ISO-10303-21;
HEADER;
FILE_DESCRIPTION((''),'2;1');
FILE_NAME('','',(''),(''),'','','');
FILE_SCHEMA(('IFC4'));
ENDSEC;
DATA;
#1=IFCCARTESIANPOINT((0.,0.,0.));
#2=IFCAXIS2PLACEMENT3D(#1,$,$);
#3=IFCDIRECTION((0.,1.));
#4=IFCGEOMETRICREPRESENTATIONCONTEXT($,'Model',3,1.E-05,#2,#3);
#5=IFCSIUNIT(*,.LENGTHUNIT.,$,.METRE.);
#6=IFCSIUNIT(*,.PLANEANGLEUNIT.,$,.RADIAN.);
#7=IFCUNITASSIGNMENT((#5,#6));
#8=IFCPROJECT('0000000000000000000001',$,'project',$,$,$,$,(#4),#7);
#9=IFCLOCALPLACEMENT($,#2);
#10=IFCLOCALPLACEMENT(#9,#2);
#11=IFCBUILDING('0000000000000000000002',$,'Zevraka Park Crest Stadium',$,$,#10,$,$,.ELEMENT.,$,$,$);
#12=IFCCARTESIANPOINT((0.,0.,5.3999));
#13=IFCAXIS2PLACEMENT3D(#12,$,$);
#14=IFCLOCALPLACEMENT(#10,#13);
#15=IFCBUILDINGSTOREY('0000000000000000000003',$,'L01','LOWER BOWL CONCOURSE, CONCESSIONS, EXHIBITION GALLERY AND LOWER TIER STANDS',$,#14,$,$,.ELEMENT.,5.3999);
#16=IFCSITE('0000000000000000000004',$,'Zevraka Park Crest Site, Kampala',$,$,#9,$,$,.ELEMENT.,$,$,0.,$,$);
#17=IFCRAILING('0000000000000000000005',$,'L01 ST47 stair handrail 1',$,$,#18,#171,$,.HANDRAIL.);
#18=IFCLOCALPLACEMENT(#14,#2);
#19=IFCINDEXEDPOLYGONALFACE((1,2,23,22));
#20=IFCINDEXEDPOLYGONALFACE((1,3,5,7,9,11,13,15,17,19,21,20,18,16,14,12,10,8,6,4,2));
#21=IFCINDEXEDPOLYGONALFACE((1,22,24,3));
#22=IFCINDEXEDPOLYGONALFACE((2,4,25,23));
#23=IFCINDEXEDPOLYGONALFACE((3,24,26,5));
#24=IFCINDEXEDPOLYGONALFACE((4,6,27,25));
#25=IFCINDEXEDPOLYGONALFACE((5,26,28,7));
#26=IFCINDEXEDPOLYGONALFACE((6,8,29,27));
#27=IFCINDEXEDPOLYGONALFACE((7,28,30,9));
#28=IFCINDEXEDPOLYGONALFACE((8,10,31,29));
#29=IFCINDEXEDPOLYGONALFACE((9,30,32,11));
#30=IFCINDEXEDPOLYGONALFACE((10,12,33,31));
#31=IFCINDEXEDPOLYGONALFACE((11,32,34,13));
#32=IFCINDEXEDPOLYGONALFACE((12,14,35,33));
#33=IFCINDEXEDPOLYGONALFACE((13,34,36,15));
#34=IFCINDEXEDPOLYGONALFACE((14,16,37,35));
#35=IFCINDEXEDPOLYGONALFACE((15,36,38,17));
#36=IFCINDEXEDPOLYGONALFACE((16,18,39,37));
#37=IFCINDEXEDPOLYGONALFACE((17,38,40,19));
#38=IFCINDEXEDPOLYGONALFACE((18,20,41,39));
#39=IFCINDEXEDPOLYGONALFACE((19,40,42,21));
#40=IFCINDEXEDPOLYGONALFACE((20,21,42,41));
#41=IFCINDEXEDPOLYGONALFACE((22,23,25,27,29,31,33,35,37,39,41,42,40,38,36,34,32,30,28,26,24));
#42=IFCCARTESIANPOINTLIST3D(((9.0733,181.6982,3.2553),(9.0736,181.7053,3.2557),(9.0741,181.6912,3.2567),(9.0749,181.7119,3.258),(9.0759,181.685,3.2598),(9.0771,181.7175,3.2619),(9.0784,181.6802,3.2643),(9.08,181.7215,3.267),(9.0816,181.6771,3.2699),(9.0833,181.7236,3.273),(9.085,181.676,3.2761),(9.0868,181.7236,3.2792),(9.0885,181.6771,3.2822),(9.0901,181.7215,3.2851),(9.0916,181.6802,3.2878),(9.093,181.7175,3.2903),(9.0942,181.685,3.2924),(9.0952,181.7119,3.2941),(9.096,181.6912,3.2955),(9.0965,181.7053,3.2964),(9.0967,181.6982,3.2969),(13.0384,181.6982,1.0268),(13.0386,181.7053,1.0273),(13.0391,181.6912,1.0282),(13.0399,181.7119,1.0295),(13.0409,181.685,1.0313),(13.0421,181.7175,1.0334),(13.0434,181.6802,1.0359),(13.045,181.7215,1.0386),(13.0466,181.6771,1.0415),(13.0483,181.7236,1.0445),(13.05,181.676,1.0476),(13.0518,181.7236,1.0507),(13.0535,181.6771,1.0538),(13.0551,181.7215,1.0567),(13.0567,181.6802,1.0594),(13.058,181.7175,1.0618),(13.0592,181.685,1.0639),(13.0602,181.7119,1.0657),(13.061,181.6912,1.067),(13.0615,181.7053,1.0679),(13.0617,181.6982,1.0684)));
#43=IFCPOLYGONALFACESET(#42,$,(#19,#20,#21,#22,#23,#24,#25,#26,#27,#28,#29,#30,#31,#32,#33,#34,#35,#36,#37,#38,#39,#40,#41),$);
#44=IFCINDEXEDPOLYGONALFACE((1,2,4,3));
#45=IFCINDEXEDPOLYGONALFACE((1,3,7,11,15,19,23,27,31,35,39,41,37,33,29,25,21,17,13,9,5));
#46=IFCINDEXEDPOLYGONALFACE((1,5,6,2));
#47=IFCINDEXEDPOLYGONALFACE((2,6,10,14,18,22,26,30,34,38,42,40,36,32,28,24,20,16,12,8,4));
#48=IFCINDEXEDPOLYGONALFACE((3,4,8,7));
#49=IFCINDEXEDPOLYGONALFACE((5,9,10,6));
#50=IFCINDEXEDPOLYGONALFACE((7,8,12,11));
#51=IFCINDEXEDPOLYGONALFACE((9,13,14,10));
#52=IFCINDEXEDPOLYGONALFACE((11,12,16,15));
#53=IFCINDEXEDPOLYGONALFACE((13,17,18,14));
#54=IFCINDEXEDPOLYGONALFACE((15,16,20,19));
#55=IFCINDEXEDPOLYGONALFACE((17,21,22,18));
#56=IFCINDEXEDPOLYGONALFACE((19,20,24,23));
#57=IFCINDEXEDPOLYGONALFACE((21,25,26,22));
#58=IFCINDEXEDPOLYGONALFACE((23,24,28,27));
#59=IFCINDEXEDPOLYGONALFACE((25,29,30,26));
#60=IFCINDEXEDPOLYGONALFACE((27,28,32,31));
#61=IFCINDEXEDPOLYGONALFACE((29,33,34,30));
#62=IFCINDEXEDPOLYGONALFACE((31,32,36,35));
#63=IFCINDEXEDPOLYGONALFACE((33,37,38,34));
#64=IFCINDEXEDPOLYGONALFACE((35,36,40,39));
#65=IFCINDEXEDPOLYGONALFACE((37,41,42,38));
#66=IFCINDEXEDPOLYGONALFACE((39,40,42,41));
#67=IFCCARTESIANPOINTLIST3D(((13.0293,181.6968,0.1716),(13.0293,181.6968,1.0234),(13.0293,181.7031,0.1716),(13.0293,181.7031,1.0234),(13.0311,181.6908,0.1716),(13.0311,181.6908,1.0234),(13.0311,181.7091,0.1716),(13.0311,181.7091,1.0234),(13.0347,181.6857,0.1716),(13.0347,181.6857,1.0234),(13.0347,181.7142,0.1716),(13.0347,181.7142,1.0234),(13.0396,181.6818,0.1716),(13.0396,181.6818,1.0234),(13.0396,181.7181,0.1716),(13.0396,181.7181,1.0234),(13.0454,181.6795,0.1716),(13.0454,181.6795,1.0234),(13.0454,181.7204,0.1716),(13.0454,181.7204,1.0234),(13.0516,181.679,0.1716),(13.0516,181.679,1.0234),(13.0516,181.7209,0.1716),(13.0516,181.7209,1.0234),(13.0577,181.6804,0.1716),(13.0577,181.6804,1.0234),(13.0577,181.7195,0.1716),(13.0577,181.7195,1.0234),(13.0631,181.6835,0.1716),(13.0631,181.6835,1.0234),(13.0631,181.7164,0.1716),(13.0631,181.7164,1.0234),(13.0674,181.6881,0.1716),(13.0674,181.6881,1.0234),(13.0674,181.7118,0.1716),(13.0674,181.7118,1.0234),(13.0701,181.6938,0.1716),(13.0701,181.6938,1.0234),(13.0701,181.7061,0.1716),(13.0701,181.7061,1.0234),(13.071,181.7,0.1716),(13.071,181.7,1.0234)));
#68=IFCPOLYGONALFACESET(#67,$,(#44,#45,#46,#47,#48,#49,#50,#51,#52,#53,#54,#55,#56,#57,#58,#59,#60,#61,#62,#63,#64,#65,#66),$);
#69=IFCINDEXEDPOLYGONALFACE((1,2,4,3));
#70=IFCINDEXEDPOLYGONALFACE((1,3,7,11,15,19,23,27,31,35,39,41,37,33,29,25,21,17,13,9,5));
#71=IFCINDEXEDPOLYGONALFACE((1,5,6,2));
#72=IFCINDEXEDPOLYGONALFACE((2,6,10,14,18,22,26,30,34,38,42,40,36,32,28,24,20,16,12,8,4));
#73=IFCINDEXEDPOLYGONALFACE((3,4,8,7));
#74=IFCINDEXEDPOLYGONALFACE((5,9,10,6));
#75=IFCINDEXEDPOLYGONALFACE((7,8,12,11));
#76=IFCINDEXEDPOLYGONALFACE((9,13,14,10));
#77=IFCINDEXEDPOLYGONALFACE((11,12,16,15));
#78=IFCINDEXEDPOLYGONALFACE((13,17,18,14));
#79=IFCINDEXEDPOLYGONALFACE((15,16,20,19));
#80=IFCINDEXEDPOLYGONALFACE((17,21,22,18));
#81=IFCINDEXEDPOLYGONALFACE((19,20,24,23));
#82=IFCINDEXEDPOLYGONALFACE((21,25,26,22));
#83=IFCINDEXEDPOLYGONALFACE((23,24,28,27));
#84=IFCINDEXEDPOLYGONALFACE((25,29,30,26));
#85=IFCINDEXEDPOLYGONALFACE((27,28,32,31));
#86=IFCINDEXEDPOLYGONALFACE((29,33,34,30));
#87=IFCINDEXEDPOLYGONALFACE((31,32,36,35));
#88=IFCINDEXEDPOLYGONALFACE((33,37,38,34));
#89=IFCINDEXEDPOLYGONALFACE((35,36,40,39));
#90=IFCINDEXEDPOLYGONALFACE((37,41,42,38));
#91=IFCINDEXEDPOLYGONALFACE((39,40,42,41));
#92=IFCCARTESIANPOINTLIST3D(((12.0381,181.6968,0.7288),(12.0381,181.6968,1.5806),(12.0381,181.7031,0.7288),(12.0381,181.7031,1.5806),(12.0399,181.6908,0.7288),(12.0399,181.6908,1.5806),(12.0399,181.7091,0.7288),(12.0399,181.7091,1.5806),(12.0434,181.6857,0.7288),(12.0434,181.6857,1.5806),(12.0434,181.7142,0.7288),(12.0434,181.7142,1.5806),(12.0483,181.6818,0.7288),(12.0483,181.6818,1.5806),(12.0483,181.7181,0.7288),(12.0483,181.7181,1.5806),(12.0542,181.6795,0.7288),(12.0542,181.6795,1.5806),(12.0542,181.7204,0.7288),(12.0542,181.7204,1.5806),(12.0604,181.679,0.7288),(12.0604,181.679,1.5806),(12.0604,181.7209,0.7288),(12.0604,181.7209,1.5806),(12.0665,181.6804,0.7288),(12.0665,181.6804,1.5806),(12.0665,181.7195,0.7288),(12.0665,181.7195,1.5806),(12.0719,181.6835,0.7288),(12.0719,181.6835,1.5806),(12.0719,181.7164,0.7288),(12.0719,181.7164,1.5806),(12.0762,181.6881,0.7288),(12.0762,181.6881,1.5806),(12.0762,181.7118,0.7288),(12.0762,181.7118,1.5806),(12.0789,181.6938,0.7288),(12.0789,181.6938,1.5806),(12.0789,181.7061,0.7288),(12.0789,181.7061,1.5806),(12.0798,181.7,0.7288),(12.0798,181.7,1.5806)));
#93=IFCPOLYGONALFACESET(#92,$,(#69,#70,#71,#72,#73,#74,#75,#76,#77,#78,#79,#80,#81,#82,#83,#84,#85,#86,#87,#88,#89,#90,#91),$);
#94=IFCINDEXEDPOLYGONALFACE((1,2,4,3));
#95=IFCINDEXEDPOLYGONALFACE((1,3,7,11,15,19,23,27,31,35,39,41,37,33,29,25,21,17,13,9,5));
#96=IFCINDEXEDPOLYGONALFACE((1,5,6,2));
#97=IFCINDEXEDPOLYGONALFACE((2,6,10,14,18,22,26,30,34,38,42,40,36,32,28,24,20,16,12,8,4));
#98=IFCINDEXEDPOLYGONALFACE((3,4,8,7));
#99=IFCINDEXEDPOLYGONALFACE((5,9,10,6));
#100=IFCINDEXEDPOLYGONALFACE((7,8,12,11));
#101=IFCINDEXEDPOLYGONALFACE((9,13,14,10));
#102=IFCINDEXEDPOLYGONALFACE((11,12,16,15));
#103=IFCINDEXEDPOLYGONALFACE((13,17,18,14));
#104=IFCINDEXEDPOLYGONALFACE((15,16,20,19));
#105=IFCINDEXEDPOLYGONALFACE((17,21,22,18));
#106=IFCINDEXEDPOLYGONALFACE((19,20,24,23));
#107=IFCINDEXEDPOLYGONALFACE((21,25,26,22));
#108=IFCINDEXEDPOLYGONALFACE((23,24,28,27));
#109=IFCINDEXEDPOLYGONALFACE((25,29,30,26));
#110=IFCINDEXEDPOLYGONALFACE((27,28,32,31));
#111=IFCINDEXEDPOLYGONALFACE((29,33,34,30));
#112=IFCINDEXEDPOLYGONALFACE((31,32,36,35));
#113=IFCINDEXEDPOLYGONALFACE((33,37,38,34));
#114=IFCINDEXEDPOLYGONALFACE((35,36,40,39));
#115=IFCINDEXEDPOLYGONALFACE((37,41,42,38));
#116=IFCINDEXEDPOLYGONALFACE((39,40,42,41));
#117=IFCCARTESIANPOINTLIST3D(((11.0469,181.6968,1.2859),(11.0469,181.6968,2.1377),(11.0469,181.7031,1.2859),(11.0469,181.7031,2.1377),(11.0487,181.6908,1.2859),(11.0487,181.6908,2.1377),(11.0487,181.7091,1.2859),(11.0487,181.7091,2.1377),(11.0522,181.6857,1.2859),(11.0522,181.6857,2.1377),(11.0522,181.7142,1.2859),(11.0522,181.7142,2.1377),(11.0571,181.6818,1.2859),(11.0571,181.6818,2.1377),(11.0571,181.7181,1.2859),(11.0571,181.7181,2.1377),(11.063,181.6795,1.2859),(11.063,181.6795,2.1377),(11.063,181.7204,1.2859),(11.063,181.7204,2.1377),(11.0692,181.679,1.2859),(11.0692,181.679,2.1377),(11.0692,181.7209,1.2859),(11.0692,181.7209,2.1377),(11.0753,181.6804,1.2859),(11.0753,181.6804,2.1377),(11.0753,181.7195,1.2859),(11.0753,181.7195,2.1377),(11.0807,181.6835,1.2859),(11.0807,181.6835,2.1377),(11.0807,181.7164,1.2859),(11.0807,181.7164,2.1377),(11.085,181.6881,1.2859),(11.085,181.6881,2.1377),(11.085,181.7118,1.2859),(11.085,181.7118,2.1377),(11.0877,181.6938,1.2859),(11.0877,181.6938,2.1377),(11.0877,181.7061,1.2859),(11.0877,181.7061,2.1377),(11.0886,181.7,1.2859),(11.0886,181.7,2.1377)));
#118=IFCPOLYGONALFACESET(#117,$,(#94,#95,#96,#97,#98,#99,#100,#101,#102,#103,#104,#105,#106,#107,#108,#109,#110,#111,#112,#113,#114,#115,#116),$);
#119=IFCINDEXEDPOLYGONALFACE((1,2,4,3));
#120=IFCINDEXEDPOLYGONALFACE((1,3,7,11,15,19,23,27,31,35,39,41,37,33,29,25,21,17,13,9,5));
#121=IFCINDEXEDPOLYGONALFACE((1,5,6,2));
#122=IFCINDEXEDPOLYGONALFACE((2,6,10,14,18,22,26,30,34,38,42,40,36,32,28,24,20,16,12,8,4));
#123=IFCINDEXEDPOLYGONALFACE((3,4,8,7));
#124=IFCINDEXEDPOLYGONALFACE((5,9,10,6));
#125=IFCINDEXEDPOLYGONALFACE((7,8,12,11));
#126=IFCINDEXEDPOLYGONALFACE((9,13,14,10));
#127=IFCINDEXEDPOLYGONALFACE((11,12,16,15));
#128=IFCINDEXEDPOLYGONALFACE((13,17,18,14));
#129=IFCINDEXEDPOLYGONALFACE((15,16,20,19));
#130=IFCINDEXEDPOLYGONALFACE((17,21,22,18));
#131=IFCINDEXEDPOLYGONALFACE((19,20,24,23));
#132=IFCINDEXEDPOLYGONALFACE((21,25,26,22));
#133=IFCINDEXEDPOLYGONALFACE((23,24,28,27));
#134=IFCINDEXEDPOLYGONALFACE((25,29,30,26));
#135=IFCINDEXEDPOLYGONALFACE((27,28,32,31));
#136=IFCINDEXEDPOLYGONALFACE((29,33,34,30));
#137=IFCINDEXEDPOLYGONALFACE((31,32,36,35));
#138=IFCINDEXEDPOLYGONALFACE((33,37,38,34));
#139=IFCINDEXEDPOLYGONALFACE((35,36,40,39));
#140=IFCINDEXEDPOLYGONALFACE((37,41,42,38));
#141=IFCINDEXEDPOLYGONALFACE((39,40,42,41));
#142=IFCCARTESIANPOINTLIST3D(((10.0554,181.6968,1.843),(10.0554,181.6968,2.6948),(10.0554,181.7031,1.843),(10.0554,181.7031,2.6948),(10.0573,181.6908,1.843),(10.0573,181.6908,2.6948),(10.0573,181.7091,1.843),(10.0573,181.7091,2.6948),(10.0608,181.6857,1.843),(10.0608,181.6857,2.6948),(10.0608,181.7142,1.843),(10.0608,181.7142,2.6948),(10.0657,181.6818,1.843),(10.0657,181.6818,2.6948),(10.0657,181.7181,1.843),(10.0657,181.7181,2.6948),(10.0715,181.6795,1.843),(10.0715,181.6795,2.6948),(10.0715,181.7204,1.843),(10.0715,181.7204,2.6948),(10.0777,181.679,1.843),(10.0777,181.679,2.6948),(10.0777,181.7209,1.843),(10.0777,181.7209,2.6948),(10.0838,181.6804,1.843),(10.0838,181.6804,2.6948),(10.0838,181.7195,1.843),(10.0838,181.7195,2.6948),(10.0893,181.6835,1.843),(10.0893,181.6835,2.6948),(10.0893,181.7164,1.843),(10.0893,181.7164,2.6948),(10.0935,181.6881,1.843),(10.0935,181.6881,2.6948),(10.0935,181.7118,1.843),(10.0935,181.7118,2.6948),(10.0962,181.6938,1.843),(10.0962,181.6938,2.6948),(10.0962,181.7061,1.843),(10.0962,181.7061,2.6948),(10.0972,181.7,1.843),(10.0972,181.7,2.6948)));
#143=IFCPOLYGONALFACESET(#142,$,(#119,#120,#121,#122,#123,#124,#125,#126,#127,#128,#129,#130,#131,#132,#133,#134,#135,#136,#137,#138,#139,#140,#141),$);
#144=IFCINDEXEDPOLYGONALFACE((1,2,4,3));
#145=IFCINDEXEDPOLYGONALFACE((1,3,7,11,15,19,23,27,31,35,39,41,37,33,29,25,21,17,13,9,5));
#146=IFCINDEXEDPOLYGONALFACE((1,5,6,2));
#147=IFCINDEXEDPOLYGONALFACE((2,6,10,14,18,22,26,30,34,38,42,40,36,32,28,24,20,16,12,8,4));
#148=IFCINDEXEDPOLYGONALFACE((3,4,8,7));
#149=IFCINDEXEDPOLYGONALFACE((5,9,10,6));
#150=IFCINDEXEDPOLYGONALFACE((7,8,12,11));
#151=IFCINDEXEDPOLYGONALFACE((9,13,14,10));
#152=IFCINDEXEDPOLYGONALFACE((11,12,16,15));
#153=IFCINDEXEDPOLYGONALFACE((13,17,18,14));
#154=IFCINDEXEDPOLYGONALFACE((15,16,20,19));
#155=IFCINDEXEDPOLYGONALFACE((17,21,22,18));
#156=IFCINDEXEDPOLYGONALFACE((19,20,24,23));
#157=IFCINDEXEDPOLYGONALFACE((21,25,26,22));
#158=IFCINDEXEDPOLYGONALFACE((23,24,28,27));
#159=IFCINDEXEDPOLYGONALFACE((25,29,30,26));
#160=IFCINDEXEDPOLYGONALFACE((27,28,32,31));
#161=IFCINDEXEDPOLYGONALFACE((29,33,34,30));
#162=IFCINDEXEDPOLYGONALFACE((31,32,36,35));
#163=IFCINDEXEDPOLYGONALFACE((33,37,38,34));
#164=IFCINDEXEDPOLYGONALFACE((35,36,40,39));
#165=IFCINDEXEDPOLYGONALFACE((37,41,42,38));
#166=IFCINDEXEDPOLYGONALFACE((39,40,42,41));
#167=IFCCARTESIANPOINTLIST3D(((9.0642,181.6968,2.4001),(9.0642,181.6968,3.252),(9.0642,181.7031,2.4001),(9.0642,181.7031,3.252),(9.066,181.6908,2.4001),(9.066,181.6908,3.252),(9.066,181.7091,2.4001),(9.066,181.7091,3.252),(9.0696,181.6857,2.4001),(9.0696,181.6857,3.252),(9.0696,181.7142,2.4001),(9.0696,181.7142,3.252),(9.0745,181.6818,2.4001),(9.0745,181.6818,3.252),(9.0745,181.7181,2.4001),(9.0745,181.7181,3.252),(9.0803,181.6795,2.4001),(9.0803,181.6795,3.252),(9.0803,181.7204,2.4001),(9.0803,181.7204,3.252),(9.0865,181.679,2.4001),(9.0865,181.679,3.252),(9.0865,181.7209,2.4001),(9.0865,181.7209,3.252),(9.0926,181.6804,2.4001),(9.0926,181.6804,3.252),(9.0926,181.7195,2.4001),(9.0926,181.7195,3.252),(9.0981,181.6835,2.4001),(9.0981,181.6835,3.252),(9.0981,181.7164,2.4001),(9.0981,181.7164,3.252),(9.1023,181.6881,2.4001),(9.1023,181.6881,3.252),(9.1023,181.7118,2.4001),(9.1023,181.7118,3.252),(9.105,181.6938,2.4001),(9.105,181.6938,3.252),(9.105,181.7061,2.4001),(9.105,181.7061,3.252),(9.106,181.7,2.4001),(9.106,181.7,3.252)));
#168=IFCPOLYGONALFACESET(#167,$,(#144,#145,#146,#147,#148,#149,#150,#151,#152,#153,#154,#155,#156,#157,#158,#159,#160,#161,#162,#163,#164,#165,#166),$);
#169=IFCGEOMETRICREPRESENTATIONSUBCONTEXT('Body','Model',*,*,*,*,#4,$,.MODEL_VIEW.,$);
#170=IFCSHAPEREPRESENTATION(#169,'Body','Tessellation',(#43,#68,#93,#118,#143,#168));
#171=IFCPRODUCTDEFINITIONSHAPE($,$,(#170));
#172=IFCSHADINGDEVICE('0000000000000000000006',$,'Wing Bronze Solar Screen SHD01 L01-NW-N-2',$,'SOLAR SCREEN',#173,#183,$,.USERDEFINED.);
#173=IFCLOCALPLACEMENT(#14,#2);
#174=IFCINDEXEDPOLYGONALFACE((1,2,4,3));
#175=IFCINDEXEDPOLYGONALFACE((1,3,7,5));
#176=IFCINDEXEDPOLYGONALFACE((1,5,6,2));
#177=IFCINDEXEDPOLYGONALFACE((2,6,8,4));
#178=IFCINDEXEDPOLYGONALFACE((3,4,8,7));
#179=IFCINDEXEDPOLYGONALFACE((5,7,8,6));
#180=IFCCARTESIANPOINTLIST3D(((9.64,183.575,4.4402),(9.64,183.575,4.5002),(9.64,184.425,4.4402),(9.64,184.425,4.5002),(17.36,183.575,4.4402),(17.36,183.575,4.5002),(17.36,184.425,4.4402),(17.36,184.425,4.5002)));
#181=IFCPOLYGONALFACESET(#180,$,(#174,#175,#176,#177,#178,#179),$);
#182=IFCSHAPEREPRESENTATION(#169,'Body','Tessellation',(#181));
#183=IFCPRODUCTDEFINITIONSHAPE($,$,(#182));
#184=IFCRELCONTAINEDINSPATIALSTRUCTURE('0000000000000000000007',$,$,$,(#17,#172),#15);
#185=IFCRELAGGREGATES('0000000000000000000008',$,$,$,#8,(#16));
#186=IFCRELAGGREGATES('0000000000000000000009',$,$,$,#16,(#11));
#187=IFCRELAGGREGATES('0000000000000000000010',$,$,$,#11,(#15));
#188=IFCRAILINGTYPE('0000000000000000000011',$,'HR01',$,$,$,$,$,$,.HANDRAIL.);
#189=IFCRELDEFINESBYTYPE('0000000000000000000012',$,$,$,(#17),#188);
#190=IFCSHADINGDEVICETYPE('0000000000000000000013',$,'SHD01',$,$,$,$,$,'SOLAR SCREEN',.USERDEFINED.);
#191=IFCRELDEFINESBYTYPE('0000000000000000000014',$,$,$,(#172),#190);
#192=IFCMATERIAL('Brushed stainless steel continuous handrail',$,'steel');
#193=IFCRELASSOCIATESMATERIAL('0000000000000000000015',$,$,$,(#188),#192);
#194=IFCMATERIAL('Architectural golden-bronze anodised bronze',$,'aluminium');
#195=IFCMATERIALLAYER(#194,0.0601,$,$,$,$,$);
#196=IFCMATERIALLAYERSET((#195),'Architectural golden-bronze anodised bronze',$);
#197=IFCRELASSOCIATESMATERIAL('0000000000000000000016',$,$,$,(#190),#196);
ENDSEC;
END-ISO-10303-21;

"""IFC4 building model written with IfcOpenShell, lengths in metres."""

from ifc_helpers import new_model, si_unit, direction, frame, origin, origin_2d, place, context, subcontext, project, spatial, rectangle, circle, extrude, material, layer, layer_set, type_object, element, save


model = new_model("IFC4")

# Units and contexts
model_context = context("Model", 3, precision=1e-05, world=origin(), true_north=direction((0.0, 1.0)))
body_context = subcontext(model_context, "Body", "Model", "MODEL_VIEW")
ifc_project = project(units=[si_unit("LENGTHUNIT", "METRE"), si_unit("PLANEANGLEUNIT", "RADIAN")], contexts=[model_context])

# Site, building, storey
site_placement = place(None, origin())
site = spatial("IfcSite", under=ifc_project, at=site_placement, Name="Zevraka Park Crest Site, Kampala", CompositionType="ELEMENT", RefElevation=0.0)
building_placement = place(site_placement, origin())
building = spatial("IfcBuilding", under=site, at=building_placement, Name="Zevraka Park Crest Stadium", CompositionType="ELEMENT")
storey_placement = place(building_placement, frame((0.0, 0.0, 5.3999)))
storey = spatial("IfcBuildingStorey", under=building, at=storey_placement, Name="L01", Description="LOWER BOWL CONCOURSE, CONCESSIONS, EXHIBITION GALLERY AND LOWER TIER STANDS", CompositionType="ELEMENT", Elevation=5.3999)

# Railing
ifc_material_1 = material(Name="Brushed stainless steel continuous handrail", Category="steel")
railing_type_1 = type_object("IfcRailingType", Name="HR01", PredefinedType="HANDRAIL", material=ifc_material_1)
railing_1_placement = place(storey_placement, frame((13.05, 181.7, 0.1716)))
element("IfcRailing", 1, at=railing_1_placement, inside=storey, type_object=railing_type_1, Name="L01 ST47 stair handrail 1", PredefinedType="HANDRAIL", context=body_context, shape_type="SweptSolid", body=[
    extrude(circle(Radius=0.0239, at=origin_2d()), frame((0.0, 0.0, 0.876), z_axis=(-0.871749, 0.0, 0.489953), x_axis=(0.0, -1.0, 0.0)), (0.0, 0.0, 1.0), 4.5483),
    extrude(circle(Radius=0.021, at=origin_2d()), origin(), (0.0, 0.0, 1.0), 0.8518),
    extrude(circle(Radius=0.021, at=origin_2d()), frame((-0.9912, 0.0, 0.5571)), (0.0, 0.0, 1.0), 0.8518),
    extrude(circle(Radius=0.021, at=origin_2d()), frame((-1.9824, 0.0, 1.1143)), (0.0, 0.0, 1.0), 0.8518),
    extrude(circle(Radius=0.021, at=origin_2d()), frame((-2.9739, 0.0, 1.6714)), (0.0, 0.0, 1.0), 0.8518),
    extrude(circle(Radius=0.021, at=origin_2d()), frame((-3.9651, 0.0, 2.2285)), (0.0, 0.0, 1.0), 0.8518),
])

# Shading device
ifc_material_2 = material(Name="Architectural golden-bronze anodised bronze", Category="aluminium")
ifc_layer_1 = layer(ifc_material_2, 0.0601)
ifc_layer_set_1 = layer_set([ifc_layer_1], Name="Architectural golden-bronze anodised bronze")
shading_device_type = type_object("IfcShadingDeviceType", Name="SHD01", ElementType="SOLAR SCREEN", PredefinedType="USERDEFINED", material=ifc_layer_set_1)
shading_device_placement = place(storey_placement, frame((13.5, 184.0, 4.4402), z_axis=(0.0, 0.0, 1.0), x_axis=(1.0, 0.0, 0.0)))
element("IfcShadingDevice", 2, at=shading_device_placement, inside=storey, type_object=shading_device_type, Name="Wing Bronze Solar Screen SHD01 L01-NW-N-2", ObjectType="SOLAR SCREEN", PredefinedType="USERDEFINED", context=body_context, shape_type="SweptSolid", body=[
    extrude(rectangle(XDim=7.72, YDim=0.8501, at=origin_2d()), origin(), (0.0, 0.0, 1.0), 0.0601),
])

save(model, "model.ifc")
